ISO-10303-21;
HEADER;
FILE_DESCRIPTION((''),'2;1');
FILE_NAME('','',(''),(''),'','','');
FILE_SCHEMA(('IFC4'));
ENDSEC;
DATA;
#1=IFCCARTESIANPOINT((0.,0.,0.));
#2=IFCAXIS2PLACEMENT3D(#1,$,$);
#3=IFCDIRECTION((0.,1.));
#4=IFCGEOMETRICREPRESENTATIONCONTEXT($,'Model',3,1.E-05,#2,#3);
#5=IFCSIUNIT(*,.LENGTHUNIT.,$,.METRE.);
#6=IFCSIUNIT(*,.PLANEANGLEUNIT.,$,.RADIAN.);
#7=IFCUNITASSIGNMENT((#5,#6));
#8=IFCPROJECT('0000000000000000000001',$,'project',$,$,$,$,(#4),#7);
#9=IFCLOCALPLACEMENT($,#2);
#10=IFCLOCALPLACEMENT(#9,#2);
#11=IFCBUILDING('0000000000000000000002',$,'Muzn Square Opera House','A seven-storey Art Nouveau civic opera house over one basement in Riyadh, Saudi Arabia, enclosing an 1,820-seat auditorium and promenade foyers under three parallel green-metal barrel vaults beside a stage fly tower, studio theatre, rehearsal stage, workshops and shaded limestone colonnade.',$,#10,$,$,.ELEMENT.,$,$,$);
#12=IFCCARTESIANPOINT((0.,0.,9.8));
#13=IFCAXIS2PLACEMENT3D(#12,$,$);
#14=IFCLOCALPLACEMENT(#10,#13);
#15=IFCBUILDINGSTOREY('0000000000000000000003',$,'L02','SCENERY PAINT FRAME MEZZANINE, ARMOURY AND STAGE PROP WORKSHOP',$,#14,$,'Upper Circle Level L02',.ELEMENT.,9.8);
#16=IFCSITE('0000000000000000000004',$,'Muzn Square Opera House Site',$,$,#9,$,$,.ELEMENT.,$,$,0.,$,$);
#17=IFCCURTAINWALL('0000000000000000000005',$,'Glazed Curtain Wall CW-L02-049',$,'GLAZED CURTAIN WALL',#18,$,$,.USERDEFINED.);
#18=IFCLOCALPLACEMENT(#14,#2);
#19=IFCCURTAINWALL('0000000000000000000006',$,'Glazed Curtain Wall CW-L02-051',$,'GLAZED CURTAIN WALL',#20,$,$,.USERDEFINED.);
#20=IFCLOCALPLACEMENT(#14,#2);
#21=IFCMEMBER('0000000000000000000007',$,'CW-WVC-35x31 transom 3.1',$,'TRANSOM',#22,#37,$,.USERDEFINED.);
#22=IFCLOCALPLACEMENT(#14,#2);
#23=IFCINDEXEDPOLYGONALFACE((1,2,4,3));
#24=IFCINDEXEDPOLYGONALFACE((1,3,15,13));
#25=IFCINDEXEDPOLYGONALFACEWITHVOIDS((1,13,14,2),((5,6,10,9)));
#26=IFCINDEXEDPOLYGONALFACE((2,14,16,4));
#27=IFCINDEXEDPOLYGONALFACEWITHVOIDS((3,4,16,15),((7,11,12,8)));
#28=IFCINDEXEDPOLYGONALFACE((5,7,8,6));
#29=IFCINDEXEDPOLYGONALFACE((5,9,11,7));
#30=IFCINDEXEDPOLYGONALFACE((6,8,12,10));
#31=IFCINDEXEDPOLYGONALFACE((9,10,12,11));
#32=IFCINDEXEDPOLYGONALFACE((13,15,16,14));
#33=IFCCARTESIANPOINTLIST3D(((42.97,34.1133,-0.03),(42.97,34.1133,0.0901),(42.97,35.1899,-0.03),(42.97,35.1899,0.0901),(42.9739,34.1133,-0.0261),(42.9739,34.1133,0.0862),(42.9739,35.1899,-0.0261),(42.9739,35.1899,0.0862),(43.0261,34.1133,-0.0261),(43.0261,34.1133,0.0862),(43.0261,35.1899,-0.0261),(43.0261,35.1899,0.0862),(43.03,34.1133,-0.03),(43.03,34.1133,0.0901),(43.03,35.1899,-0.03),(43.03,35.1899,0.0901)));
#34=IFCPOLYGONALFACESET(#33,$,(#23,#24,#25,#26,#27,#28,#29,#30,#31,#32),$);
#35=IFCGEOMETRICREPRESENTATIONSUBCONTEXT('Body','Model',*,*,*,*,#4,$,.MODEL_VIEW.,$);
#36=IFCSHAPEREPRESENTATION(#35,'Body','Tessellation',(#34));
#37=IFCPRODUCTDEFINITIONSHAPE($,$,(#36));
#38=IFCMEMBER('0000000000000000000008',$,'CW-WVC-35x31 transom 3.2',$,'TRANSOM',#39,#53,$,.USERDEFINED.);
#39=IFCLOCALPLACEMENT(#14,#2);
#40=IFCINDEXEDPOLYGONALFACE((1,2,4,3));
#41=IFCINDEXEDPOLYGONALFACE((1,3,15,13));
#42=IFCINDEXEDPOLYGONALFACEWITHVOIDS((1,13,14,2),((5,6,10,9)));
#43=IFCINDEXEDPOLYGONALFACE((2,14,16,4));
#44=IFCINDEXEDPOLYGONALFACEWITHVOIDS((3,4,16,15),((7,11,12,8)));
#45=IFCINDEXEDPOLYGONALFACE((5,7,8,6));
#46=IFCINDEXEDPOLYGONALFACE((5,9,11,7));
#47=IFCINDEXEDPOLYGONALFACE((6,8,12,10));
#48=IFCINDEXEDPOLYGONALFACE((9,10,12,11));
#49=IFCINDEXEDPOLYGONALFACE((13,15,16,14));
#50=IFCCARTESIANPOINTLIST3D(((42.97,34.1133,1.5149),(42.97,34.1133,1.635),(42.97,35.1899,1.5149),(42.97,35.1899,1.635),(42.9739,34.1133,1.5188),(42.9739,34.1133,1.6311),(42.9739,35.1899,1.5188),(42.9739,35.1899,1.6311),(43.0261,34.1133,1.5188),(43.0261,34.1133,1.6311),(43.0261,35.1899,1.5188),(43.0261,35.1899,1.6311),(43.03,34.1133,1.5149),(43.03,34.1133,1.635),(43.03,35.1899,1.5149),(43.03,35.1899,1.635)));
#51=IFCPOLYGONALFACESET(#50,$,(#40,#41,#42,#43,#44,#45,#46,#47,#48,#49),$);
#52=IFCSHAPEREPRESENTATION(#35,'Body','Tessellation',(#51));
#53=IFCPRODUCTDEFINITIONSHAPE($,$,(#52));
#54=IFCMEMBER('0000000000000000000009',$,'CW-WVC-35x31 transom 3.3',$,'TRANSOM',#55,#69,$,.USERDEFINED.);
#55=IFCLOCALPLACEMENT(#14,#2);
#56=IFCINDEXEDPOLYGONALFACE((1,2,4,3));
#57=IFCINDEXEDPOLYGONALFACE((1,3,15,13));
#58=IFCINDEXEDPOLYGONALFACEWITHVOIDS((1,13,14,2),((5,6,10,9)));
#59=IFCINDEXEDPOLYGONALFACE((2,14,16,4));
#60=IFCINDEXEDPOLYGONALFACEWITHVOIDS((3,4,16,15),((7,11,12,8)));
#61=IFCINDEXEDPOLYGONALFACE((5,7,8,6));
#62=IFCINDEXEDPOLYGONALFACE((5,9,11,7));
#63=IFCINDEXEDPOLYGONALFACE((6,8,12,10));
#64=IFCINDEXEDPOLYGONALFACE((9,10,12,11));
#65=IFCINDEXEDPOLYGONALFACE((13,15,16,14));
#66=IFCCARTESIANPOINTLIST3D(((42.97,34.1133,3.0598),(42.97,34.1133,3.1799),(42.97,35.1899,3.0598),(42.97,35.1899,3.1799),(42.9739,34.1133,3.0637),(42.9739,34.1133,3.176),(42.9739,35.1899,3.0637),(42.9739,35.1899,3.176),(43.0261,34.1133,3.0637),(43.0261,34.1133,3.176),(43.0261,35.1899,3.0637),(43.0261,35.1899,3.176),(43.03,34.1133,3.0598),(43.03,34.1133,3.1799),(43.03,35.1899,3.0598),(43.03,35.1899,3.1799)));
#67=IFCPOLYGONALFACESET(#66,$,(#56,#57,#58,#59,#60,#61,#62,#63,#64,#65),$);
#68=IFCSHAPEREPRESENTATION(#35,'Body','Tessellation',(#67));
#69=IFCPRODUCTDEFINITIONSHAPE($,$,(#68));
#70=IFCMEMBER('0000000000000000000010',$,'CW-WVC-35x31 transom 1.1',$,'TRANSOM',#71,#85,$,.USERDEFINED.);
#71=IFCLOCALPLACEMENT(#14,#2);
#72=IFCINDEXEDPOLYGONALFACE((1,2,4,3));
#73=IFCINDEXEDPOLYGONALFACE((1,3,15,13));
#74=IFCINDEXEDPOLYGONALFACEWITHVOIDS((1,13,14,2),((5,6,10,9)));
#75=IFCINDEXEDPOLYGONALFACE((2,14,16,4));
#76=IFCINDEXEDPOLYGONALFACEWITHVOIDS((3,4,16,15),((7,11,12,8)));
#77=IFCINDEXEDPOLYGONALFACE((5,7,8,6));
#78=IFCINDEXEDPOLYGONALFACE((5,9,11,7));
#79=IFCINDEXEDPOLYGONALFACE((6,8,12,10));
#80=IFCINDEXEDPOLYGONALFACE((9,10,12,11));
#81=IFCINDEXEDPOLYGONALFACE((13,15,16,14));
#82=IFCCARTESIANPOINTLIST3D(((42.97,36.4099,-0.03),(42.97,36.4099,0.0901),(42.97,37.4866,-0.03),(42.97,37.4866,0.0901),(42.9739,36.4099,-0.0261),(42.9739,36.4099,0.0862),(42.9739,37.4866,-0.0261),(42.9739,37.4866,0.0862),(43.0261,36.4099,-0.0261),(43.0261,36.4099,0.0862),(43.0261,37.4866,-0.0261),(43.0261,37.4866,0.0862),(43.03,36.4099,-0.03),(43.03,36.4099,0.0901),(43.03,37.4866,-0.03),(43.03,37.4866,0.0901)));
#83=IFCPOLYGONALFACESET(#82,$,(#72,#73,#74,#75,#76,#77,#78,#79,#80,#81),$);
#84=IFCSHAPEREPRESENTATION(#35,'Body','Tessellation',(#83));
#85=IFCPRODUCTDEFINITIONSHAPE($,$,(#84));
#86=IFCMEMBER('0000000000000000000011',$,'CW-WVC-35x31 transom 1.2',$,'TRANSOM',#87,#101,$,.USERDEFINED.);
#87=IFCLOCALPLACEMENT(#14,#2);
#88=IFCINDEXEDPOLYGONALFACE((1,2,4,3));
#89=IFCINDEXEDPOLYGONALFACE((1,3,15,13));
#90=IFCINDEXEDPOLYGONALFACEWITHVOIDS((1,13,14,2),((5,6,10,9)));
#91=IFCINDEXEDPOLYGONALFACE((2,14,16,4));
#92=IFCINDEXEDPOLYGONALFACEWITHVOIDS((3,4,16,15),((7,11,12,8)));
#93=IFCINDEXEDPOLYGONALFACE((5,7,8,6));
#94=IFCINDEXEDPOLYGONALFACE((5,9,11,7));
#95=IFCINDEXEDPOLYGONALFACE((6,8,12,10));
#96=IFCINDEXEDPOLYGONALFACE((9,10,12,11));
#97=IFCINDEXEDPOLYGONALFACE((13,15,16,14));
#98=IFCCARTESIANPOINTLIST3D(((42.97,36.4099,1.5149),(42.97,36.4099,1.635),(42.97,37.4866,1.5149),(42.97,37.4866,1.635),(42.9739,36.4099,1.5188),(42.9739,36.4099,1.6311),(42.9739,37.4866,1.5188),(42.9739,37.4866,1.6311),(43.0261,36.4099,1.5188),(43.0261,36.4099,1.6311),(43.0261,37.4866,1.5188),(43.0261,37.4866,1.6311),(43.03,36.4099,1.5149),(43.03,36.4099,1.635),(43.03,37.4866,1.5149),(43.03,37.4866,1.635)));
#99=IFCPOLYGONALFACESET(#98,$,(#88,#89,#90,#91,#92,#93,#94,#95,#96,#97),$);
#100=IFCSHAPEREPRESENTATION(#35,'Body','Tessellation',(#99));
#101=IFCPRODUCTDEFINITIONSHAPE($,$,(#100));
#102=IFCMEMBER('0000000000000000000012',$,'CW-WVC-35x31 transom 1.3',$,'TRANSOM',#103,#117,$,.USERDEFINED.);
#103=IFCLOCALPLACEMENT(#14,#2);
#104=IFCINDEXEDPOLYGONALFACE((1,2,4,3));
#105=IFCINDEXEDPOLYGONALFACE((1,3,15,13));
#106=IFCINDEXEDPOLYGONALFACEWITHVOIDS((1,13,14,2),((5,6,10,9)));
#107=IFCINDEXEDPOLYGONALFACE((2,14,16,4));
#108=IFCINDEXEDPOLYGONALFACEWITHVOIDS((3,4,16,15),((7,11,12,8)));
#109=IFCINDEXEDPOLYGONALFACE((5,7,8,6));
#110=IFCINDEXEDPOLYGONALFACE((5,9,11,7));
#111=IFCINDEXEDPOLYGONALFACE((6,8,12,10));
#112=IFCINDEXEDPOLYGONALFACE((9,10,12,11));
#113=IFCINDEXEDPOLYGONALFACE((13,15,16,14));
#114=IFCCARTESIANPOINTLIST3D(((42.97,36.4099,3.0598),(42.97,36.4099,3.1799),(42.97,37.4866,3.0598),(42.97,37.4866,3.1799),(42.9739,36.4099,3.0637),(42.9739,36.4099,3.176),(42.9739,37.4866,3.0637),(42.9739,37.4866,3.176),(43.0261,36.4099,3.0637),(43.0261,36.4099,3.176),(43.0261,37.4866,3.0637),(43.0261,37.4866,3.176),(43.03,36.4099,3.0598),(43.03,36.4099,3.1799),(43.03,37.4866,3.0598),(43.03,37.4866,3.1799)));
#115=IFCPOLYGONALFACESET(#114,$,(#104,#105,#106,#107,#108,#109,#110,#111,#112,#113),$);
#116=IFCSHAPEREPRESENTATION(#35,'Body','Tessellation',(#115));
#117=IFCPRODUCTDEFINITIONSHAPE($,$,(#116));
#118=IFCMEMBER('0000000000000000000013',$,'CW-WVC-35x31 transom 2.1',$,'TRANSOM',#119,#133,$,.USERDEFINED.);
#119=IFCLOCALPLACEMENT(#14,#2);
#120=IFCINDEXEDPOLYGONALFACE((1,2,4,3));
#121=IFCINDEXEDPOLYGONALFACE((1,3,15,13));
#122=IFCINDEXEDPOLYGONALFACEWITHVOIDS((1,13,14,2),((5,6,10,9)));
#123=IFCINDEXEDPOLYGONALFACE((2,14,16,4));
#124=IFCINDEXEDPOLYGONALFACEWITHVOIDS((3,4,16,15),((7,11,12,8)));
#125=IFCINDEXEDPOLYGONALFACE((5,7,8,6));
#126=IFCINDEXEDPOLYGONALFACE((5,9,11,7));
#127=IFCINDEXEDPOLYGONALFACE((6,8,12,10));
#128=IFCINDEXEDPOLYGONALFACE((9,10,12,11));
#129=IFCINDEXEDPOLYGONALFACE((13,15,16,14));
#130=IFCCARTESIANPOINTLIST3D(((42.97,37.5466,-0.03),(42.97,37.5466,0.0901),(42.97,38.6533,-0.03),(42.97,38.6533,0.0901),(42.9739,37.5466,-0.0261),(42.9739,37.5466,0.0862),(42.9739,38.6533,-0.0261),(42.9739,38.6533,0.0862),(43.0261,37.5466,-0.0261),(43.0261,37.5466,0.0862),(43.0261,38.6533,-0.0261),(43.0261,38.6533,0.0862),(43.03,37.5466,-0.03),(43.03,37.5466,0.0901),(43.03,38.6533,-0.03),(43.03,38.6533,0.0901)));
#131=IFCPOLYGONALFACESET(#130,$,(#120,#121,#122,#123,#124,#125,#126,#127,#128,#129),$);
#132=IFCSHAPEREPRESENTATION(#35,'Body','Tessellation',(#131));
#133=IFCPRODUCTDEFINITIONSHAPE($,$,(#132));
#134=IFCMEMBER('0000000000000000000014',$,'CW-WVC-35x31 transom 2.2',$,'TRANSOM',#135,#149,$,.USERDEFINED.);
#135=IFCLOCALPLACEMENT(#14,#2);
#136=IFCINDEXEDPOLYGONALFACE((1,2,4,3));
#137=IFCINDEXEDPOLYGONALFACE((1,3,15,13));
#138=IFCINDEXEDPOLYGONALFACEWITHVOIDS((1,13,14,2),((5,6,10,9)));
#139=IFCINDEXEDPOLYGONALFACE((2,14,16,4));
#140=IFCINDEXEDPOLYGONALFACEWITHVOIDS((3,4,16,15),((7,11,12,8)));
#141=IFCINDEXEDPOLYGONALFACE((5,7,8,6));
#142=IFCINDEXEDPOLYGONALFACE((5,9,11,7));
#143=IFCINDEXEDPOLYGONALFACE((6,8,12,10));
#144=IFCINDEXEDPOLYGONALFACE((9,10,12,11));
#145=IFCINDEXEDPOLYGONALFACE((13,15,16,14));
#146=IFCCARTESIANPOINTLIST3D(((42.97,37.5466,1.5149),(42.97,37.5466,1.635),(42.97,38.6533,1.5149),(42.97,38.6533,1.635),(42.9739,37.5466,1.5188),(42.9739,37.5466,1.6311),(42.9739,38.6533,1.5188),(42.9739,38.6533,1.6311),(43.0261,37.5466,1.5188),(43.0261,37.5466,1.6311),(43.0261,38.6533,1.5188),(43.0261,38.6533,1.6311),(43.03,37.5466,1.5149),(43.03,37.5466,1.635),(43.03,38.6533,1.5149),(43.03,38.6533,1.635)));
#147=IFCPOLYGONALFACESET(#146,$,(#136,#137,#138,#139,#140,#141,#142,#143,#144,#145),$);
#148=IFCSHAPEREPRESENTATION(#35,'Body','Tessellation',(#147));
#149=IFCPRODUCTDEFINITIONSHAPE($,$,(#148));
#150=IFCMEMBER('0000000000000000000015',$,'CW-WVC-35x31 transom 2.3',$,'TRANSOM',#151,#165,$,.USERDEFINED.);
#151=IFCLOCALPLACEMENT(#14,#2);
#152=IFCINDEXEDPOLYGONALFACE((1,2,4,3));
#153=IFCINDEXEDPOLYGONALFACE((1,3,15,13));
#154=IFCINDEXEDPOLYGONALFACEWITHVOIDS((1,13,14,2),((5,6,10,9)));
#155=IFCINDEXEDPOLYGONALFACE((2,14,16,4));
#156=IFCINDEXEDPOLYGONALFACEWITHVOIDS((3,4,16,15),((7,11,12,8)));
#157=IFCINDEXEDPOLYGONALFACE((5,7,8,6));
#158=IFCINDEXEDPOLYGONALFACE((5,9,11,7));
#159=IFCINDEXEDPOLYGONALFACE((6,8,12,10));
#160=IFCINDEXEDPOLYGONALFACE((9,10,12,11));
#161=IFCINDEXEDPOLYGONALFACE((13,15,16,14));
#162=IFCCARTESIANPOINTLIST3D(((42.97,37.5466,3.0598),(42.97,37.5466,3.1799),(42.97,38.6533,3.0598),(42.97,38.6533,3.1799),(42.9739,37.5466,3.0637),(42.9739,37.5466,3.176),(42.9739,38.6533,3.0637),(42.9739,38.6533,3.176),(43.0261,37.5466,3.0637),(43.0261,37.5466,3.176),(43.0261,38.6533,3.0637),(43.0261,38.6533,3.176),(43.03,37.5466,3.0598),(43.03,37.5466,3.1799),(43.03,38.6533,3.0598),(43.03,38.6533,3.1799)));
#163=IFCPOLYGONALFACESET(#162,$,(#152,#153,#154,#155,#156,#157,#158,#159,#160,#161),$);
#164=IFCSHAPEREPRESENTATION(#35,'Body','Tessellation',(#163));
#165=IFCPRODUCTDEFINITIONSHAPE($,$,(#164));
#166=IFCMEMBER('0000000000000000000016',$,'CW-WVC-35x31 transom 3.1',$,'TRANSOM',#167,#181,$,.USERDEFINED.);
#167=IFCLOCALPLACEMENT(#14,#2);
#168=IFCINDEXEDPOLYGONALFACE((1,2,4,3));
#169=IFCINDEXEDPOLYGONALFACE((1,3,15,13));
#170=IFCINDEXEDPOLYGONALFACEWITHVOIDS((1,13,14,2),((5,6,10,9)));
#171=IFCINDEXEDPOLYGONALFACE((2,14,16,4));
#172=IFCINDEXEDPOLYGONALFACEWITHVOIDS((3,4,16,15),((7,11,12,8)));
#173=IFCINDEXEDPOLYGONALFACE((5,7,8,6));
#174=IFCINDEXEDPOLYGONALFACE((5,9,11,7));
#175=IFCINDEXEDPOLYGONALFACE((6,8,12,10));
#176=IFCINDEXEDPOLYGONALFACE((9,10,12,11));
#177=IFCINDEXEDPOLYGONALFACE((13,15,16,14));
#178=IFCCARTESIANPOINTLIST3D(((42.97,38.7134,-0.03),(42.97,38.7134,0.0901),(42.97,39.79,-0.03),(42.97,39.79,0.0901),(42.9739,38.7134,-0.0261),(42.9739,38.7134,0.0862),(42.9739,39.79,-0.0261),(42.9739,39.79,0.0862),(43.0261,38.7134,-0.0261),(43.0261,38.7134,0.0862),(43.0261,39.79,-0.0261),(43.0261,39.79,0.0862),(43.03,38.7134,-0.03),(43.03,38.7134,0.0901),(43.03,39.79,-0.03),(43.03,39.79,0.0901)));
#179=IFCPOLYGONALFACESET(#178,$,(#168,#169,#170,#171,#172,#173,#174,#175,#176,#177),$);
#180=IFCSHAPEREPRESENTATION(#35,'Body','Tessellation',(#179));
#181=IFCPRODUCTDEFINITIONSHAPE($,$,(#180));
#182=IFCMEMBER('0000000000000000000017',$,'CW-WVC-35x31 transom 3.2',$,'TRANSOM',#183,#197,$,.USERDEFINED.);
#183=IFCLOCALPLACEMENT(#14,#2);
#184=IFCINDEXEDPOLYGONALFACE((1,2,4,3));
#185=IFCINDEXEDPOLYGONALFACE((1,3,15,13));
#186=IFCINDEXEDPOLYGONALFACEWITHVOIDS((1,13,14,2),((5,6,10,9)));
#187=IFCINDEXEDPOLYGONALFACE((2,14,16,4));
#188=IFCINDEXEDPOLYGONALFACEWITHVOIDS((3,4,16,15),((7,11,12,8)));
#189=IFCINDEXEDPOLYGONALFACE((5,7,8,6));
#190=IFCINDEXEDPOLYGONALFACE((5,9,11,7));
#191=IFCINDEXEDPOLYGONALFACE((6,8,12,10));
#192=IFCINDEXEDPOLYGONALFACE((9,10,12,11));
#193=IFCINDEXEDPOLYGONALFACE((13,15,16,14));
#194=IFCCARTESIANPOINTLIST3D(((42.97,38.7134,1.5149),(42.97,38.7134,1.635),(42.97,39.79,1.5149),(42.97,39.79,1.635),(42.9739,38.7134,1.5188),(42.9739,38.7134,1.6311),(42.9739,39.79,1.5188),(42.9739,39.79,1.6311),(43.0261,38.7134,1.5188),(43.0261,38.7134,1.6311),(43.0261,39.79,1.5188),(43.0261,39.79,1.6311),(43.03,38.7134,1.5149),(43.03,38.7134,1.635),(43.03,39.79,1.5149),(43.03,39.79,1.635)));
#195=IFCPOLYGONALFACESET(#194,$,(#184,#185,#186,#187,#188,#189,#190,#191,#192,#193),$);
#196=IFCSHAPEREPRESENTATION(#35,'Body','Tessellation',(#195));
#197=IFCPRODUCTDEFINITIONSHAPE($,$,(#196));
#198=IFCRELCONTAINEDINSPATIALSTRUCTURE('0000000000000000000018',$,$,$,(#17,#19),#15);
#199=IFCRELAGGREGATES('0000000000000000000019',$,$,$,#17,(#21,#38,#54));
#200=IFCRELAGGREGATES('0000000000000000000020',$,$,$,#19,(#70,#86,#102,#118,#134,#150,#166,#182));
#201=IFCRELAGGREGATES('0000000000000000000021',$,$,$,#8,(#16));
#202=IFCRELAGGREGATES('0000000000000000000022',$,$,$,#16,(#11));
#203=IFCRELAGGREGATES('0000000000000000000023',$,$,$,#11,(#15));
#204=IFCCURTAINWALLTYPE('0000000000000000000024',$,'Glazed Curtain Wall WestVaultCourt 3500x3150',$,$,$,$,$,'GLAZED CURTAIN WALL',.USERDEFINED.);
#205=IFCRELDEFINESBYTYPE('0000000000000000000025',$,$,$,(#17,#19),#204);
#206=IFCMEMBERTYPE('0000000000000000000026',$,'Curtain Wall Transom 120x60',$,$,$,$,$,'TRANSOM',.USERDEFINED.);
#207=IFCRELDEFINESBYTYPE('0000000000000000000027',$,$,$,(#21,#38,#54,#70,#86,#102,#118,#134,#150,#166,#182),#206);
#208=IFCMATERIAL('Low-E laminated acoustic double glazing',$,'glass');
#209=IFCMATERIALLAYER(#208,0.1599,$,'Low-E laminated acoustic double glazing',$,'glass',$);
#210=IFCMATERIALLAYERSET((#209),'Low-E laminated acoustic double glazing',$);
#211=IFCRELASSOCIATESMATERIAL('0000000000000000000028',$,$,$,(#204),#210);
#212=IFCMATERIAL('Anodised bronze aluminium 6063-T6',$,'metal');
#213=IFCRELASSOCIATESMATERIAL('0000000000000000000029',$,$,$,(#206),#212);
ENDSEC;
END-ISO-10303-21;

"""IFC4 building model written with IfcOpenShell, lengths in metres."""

from ifc_helpers import new_model, si_unit, direction, frame, origin, origin_2d, place, context, subcontext, project, spatial, hollow_rectangle, extrude, material, layer, layer_set, material_profile, profile_set, type_object, element, aggregate, save


model = new_model("IFC4")

# Units and contexts
model_context = context("Model", 3, precision=1e-05, world=origin(), true_north=direction((0.0, 1.0)))
body_context = subcontext(model_context, "Body", "Model", "MODEL_VIEW")
ifc_project = project(units=[si_unit("LENGTHUNIT", "METRE"), si_unit("PLANEANGLEUNIT", "RADIAN")], contexts=[model_context])

# Site, building, storey
site_placement = place(None, origin())
site = spatial("IfcSite", under=ifc_project, at=site_placement, Name="Muzn Square Opera House Site", CompositionType="ELEMENT", RefElevation=0.0)
building_placement = place(site_placement, origin())
building = spatial("IfcBuilding", under=site, at=building_placement, Name="Muzn Square Opera House", Description="A seven-storey Art Nouveau civic opera house over one basement in Riyadh, Saudi Arabia, enclosing an 1,820-seat auditorium and promenade foyers under three parallel green-metal barrel vaults beside a stage fly tower, studio theatre, rehearsal stage, workshops and shaded limestone colonnade.", CompositionType="ELEMENT")
storey_placement = place(building_placement, frame((0.0, 0.0, 9.8)))
storey = spatial("IfcBuildingStorey", under=building, at=storey_placement, Name="L02", Description="SCENERY PAINT FRAME MEZZANINE, ARMOURY AND STAGE PROP WORKSHOP", LongName="Upper Circle Level L02", CompositionType="ELEMENT", Elevation=9.8)

# Curtain walls
ifc_material_1 = material(Name="Low-E laminated acoustic double glazing", Category="glass")
ifc_layer_1 = layer(ifc_material_1, 0.1599, Name="Low-E laminated acoustic double glazing", Category="glass")
ifc_layer_set_1 = layer_set([ifc_layer_1], Name="Low-E laminated acoustic double glazing")
curtain_wall_type = type_object("IfcCurtainWallType", Name="Glazed Curtain Wall WestVaultCourt 3500x3150", ElementType="GLAZED CURTAIN WALL", PredefinedType="USERDEFINED", material=ifc_layer_set_1)
curtain_wall_1_placement = place(storey_placement, origin())
curtain_wall_1 = element("IfcCurtainWall", 1, at=curtain_wall_1_placement, inside=storey, type_object=curtain_wall_type, Name="Glazed Curtain Wall CW-L02-049", ObjectType="GLAZED CURTAIN WALL", PredefinedType="USERDEFINED")
ifc_material_2 = material(Name="Anodised bronze aluminium 6063-T6", Category="metal")
curtain_wall_2_placement = place(storey_placement, origin())
curtain_wall_2 = element("IfcCurtainWall", 2, at=curtain_wall_2_placement, inside=storey, type_object=curtain_wall_type, Name="Glazed Curtain Wall CW-L02-051", ObjectType="GLAZED CURTAIN WALL", PredefinedType="USERDEFINED")

# Members
ifc_material_profile_1 = material_profile(ifc_material_2, hollow_rectangle(XDim=0.0601, YDim=0.1201, WallThickness=0.0039, at=origin_2d()), Name="ALU 120x60x4", Category="metal")
ifc_profile_set_1 = profile_set([ifc_material_profile_1], Name="Anodised bronze aluminium 6063-T6")
member_type_1 = type_object("IfcMemberType", Name="Curtain Wall Transom 120x60", ElementType="TRANSOM", PredefinedType="USERDEFINED", material=ifc_profile_set_1)
member_1_placement = place(storey_placement, frame((43.0, 34.1133, 0.03), z_axis=(0.0, 1.0, 0.0), x_axis=(-1.0, 0.0, 0.0)))
member_1 = element("IfcMember", 3, at=member_1_placement, type_object=member_type_1, Name="CW-WVC-35x31 transom 3.1", ObjectType="TRANSOM", PredefinedType="USERDEFINED", context=body_context, shape_type="SweptSolid", body=[
    extrude(hollow_rectangle(XDim=0.0601, YDim=0.1201, WallThickness=0.0039, at=origin_2d()), origin(), (0.0, 0.0, 1.0), 1.0767),
])
member_2_placement = place(storey_placement, frame((43.0, 34.1133, 1.575), z_axis=(0.0, 1.0, 0.0), x_axis=(-1.0, 0.0, 0.0)))
member_2 = element("IfcMember", 4, at=member_2_placement, type_object=member_type_1, Name="CW-WVC-35x31 transom 3.2", ObjectType="TRANSOM", PredefinedType="USERDEFINED", context=body_context, shape_type="SweptSolid", body=[
    extrude(hollow_rectangle(XDim=0.0601, YDim=0.1201, WallThickness=0.0039, at=origin_2d()), origin(), (0.0, 0.0, 1.0), 1.0767),
])
member_3_placement = place(storey_placement, frame((43.0, 34.1133, 3.1199), z_axis=(0.0, 1.0, 0.0), x_axis=(-1.0, 0.0, 0.0)))
member_3 = element("IfcMember", 5, at=member_3_placement, type_object=member_type_1, Name="CW-WVC-35x31 transom 3.3", ObjectType="TRANSOM", PredefinedType="USERDEFINED", context=body_context, shape_type="SweptSolid", body=[
    extrude(hollow_rectangle(XDim=0.0601, YDim=0.1201, WallThickness=0.0039, at=origin_2d()), origin(), (0.0, 0.0, 1.0), 1.0767),
])
member_4_placement = place(storey_placement, frame((43.0, 36.4099, 0.03), z_axis=(0.0, 1.0, 0.0), x_axis=(-1.0, 0.0, 0.0)))
member_4 = element("IfcMember", 6, at=member_4_placement, type_object=member_type_1, Name="CW-WVC-35x31 transom 1.1", ObjectType="TRANSOM", PredefinedType="USERDEFINED", context=body_context, shape_type="SweptSolid", body=[
    extrude(hollow_rectangle(XDim=0.0601, YDim=0.1201, WallThickness=0.0039, at=origin_2d()), origin(), (0.0, 0.0, 1.0), 1.0767),
])
member_5_placement = place(storey_placement, frame((43.0, 36.4099, 1.575), z_axis=(0.0, 1.0, 0.0), x_axis=(-1.0, 0.0, 0.0)))
member_5 = element("IfcMember", 7, at=member_5_placement, type_object=member_type_1, Name="CW-WVC-35x31 transom 1.2", ObjectType="TRANSOM", PredefinedType="USERDEFINED", context=body_context, shape_type="SweptSolid", body=[
    extrude(hollow_rectangle(XDim=0.0601, YDim=0.1201, WallThickness=0.0039, at=origin_2d()), origin(), (0.0, 0.0, 1.0), 1.0767),
])
member_6_placement = place(storey_placement, frame((43.0, 36.4099, 3.1199), z_axis=(0.0, 1.0, 0.0), x_axis=(-1.0, 0.0, 0.0)))
member_6 = element("IfcMember", 8, at=member_6_placement, type_object=member_type_1, Name="CW-WVC-35x31 transom 1.3", ObjectType="TRANSOM", PredefinedType="USERDEFINED", context=body_context, shape_type="SweptSolid", body=[
    extrude(hollow_rectangle(XDim=0.0601, YDim=0.1201, WallThickness=0.0039, at=origin_2d()), origin(), (0.0, 0.0, 1.0), 1.0767),
])
member_7_placement = place(storey_placement, frame((43.0, 37.5466, 0.03), z_axis=(0.0, 1.0, 0.0), x_axis=(-1.0, 0.0, 0.0)))
member_7 = element("IfcMember", 9, at=member_7_placement, type_object=member_type_1, Name="CW-WVC-35x31 transom 2.1", ObjectType="TRANSOM", PredefinedType="USERDEFINED", context=body_context, shape_type="SweptSolid", body=[
    extrude(hollow_rectangle(XDim=0.0601, YDim=0.1201, WallThickness=0.0039, at=origin_2d()), origin(), (0.0, 0.0, 1.0), 1.1067),
])
member_8_placement = place(storey_placement, frame((43.0, 37.5466, 1.575), z_axis=(0.0, 1.0, 0.0), x_axis=(-1.0, 0.0, 0.0)))
member_8 = element("IfcMember", 10, at=member_8_placement, type_object=member_type_1, Name="CW-WVC-35x31 transom 2.2", ObjectType="TRANSOM", PredefinedType="USERDEFINED", context=body_context, shape_type="SweptSolid", body=[
    extrude(hollow_rectangle(XDim=0.0601, YDim=0.1201, WallThickness=0.0039, at=origin_2d()), origin(), (0.0, 0.0, 1.0), 1.1067),
])
member_9_placement = place(storey_placement, frame((43.0, 37.5466, 3.1199), z_axis=(0.0, 1.0, 0.0), x_axis=(-1.0, 0.0, 0.0)))
member_9 = element("IfcMember", 11, at=member_9_placement, type_object=member_type_1, Name="CW-WVC-35x31 transom 2.3", ObjectType="TRANSOM", PredefinedType="USERDEFINED", context=body_context, shape_type="SweptSolid", body=[
    extrude(hollow_rectangle(XDim=0.0601, YDim=0.1201, WallThickness=0.0039, at=origin_2d()), origin(), (0.0, 0.0, 1.0), 1.1067),
])
member_10_placement = place(storey_placement, frame((43.0, 38.7134, 0.03), z_axis=(0.0, 1.0, 0.0), x_axis=(-1.0, 0.0, 0.0)))
member_10 = element("IfcMember", 12, at=member_10_placement, type_object=member_type_1, Name="CW-WVC-35x31 transom 3.1", ObjectType="TRANSOM", PredefinedType="USERDEFINED", context=body_context, shape_type="SweptSolid", body=[
    extrude(hollow_rectangle(XDim=0.0601, YDim=0.1201, WallThickness=0.0039, at=origin_2d()), origin(), (0.0, 0.0, 1.0), 1.0767),
])
member_11_placement = place(storey_placement, frame((43.0, 38.7134, 1.575), z_axis=(0.0, 1.0, 0.0), x_axis=(-1.0, 0.0, 0.0)))
member_11 = element("IfcMember", 13, at=member_11_placement, type_object=member_type_1, Name="CW-WVC-35x31 transom 3.2", ObjectType="TRANSOM", PredefinedType="USERDEFINED", context=body_context, shape_type="SweptSolid", body=[
    extrude(hollow_rectangle(XDim=0.0601, YDim=0.1201, WallThickness=0.0039, at=origin_2d()), origin(), (0.0, 0.0, 1.0), 1.0767),
])

aggregate(curtain_wall_1, [member_1, member_2, member_3])
aggregate(curtain_wall_2, [member_4, member_5, member_6, member_7, member_8, member_9, member_10, member_11])

save(model, "model.ifc")
